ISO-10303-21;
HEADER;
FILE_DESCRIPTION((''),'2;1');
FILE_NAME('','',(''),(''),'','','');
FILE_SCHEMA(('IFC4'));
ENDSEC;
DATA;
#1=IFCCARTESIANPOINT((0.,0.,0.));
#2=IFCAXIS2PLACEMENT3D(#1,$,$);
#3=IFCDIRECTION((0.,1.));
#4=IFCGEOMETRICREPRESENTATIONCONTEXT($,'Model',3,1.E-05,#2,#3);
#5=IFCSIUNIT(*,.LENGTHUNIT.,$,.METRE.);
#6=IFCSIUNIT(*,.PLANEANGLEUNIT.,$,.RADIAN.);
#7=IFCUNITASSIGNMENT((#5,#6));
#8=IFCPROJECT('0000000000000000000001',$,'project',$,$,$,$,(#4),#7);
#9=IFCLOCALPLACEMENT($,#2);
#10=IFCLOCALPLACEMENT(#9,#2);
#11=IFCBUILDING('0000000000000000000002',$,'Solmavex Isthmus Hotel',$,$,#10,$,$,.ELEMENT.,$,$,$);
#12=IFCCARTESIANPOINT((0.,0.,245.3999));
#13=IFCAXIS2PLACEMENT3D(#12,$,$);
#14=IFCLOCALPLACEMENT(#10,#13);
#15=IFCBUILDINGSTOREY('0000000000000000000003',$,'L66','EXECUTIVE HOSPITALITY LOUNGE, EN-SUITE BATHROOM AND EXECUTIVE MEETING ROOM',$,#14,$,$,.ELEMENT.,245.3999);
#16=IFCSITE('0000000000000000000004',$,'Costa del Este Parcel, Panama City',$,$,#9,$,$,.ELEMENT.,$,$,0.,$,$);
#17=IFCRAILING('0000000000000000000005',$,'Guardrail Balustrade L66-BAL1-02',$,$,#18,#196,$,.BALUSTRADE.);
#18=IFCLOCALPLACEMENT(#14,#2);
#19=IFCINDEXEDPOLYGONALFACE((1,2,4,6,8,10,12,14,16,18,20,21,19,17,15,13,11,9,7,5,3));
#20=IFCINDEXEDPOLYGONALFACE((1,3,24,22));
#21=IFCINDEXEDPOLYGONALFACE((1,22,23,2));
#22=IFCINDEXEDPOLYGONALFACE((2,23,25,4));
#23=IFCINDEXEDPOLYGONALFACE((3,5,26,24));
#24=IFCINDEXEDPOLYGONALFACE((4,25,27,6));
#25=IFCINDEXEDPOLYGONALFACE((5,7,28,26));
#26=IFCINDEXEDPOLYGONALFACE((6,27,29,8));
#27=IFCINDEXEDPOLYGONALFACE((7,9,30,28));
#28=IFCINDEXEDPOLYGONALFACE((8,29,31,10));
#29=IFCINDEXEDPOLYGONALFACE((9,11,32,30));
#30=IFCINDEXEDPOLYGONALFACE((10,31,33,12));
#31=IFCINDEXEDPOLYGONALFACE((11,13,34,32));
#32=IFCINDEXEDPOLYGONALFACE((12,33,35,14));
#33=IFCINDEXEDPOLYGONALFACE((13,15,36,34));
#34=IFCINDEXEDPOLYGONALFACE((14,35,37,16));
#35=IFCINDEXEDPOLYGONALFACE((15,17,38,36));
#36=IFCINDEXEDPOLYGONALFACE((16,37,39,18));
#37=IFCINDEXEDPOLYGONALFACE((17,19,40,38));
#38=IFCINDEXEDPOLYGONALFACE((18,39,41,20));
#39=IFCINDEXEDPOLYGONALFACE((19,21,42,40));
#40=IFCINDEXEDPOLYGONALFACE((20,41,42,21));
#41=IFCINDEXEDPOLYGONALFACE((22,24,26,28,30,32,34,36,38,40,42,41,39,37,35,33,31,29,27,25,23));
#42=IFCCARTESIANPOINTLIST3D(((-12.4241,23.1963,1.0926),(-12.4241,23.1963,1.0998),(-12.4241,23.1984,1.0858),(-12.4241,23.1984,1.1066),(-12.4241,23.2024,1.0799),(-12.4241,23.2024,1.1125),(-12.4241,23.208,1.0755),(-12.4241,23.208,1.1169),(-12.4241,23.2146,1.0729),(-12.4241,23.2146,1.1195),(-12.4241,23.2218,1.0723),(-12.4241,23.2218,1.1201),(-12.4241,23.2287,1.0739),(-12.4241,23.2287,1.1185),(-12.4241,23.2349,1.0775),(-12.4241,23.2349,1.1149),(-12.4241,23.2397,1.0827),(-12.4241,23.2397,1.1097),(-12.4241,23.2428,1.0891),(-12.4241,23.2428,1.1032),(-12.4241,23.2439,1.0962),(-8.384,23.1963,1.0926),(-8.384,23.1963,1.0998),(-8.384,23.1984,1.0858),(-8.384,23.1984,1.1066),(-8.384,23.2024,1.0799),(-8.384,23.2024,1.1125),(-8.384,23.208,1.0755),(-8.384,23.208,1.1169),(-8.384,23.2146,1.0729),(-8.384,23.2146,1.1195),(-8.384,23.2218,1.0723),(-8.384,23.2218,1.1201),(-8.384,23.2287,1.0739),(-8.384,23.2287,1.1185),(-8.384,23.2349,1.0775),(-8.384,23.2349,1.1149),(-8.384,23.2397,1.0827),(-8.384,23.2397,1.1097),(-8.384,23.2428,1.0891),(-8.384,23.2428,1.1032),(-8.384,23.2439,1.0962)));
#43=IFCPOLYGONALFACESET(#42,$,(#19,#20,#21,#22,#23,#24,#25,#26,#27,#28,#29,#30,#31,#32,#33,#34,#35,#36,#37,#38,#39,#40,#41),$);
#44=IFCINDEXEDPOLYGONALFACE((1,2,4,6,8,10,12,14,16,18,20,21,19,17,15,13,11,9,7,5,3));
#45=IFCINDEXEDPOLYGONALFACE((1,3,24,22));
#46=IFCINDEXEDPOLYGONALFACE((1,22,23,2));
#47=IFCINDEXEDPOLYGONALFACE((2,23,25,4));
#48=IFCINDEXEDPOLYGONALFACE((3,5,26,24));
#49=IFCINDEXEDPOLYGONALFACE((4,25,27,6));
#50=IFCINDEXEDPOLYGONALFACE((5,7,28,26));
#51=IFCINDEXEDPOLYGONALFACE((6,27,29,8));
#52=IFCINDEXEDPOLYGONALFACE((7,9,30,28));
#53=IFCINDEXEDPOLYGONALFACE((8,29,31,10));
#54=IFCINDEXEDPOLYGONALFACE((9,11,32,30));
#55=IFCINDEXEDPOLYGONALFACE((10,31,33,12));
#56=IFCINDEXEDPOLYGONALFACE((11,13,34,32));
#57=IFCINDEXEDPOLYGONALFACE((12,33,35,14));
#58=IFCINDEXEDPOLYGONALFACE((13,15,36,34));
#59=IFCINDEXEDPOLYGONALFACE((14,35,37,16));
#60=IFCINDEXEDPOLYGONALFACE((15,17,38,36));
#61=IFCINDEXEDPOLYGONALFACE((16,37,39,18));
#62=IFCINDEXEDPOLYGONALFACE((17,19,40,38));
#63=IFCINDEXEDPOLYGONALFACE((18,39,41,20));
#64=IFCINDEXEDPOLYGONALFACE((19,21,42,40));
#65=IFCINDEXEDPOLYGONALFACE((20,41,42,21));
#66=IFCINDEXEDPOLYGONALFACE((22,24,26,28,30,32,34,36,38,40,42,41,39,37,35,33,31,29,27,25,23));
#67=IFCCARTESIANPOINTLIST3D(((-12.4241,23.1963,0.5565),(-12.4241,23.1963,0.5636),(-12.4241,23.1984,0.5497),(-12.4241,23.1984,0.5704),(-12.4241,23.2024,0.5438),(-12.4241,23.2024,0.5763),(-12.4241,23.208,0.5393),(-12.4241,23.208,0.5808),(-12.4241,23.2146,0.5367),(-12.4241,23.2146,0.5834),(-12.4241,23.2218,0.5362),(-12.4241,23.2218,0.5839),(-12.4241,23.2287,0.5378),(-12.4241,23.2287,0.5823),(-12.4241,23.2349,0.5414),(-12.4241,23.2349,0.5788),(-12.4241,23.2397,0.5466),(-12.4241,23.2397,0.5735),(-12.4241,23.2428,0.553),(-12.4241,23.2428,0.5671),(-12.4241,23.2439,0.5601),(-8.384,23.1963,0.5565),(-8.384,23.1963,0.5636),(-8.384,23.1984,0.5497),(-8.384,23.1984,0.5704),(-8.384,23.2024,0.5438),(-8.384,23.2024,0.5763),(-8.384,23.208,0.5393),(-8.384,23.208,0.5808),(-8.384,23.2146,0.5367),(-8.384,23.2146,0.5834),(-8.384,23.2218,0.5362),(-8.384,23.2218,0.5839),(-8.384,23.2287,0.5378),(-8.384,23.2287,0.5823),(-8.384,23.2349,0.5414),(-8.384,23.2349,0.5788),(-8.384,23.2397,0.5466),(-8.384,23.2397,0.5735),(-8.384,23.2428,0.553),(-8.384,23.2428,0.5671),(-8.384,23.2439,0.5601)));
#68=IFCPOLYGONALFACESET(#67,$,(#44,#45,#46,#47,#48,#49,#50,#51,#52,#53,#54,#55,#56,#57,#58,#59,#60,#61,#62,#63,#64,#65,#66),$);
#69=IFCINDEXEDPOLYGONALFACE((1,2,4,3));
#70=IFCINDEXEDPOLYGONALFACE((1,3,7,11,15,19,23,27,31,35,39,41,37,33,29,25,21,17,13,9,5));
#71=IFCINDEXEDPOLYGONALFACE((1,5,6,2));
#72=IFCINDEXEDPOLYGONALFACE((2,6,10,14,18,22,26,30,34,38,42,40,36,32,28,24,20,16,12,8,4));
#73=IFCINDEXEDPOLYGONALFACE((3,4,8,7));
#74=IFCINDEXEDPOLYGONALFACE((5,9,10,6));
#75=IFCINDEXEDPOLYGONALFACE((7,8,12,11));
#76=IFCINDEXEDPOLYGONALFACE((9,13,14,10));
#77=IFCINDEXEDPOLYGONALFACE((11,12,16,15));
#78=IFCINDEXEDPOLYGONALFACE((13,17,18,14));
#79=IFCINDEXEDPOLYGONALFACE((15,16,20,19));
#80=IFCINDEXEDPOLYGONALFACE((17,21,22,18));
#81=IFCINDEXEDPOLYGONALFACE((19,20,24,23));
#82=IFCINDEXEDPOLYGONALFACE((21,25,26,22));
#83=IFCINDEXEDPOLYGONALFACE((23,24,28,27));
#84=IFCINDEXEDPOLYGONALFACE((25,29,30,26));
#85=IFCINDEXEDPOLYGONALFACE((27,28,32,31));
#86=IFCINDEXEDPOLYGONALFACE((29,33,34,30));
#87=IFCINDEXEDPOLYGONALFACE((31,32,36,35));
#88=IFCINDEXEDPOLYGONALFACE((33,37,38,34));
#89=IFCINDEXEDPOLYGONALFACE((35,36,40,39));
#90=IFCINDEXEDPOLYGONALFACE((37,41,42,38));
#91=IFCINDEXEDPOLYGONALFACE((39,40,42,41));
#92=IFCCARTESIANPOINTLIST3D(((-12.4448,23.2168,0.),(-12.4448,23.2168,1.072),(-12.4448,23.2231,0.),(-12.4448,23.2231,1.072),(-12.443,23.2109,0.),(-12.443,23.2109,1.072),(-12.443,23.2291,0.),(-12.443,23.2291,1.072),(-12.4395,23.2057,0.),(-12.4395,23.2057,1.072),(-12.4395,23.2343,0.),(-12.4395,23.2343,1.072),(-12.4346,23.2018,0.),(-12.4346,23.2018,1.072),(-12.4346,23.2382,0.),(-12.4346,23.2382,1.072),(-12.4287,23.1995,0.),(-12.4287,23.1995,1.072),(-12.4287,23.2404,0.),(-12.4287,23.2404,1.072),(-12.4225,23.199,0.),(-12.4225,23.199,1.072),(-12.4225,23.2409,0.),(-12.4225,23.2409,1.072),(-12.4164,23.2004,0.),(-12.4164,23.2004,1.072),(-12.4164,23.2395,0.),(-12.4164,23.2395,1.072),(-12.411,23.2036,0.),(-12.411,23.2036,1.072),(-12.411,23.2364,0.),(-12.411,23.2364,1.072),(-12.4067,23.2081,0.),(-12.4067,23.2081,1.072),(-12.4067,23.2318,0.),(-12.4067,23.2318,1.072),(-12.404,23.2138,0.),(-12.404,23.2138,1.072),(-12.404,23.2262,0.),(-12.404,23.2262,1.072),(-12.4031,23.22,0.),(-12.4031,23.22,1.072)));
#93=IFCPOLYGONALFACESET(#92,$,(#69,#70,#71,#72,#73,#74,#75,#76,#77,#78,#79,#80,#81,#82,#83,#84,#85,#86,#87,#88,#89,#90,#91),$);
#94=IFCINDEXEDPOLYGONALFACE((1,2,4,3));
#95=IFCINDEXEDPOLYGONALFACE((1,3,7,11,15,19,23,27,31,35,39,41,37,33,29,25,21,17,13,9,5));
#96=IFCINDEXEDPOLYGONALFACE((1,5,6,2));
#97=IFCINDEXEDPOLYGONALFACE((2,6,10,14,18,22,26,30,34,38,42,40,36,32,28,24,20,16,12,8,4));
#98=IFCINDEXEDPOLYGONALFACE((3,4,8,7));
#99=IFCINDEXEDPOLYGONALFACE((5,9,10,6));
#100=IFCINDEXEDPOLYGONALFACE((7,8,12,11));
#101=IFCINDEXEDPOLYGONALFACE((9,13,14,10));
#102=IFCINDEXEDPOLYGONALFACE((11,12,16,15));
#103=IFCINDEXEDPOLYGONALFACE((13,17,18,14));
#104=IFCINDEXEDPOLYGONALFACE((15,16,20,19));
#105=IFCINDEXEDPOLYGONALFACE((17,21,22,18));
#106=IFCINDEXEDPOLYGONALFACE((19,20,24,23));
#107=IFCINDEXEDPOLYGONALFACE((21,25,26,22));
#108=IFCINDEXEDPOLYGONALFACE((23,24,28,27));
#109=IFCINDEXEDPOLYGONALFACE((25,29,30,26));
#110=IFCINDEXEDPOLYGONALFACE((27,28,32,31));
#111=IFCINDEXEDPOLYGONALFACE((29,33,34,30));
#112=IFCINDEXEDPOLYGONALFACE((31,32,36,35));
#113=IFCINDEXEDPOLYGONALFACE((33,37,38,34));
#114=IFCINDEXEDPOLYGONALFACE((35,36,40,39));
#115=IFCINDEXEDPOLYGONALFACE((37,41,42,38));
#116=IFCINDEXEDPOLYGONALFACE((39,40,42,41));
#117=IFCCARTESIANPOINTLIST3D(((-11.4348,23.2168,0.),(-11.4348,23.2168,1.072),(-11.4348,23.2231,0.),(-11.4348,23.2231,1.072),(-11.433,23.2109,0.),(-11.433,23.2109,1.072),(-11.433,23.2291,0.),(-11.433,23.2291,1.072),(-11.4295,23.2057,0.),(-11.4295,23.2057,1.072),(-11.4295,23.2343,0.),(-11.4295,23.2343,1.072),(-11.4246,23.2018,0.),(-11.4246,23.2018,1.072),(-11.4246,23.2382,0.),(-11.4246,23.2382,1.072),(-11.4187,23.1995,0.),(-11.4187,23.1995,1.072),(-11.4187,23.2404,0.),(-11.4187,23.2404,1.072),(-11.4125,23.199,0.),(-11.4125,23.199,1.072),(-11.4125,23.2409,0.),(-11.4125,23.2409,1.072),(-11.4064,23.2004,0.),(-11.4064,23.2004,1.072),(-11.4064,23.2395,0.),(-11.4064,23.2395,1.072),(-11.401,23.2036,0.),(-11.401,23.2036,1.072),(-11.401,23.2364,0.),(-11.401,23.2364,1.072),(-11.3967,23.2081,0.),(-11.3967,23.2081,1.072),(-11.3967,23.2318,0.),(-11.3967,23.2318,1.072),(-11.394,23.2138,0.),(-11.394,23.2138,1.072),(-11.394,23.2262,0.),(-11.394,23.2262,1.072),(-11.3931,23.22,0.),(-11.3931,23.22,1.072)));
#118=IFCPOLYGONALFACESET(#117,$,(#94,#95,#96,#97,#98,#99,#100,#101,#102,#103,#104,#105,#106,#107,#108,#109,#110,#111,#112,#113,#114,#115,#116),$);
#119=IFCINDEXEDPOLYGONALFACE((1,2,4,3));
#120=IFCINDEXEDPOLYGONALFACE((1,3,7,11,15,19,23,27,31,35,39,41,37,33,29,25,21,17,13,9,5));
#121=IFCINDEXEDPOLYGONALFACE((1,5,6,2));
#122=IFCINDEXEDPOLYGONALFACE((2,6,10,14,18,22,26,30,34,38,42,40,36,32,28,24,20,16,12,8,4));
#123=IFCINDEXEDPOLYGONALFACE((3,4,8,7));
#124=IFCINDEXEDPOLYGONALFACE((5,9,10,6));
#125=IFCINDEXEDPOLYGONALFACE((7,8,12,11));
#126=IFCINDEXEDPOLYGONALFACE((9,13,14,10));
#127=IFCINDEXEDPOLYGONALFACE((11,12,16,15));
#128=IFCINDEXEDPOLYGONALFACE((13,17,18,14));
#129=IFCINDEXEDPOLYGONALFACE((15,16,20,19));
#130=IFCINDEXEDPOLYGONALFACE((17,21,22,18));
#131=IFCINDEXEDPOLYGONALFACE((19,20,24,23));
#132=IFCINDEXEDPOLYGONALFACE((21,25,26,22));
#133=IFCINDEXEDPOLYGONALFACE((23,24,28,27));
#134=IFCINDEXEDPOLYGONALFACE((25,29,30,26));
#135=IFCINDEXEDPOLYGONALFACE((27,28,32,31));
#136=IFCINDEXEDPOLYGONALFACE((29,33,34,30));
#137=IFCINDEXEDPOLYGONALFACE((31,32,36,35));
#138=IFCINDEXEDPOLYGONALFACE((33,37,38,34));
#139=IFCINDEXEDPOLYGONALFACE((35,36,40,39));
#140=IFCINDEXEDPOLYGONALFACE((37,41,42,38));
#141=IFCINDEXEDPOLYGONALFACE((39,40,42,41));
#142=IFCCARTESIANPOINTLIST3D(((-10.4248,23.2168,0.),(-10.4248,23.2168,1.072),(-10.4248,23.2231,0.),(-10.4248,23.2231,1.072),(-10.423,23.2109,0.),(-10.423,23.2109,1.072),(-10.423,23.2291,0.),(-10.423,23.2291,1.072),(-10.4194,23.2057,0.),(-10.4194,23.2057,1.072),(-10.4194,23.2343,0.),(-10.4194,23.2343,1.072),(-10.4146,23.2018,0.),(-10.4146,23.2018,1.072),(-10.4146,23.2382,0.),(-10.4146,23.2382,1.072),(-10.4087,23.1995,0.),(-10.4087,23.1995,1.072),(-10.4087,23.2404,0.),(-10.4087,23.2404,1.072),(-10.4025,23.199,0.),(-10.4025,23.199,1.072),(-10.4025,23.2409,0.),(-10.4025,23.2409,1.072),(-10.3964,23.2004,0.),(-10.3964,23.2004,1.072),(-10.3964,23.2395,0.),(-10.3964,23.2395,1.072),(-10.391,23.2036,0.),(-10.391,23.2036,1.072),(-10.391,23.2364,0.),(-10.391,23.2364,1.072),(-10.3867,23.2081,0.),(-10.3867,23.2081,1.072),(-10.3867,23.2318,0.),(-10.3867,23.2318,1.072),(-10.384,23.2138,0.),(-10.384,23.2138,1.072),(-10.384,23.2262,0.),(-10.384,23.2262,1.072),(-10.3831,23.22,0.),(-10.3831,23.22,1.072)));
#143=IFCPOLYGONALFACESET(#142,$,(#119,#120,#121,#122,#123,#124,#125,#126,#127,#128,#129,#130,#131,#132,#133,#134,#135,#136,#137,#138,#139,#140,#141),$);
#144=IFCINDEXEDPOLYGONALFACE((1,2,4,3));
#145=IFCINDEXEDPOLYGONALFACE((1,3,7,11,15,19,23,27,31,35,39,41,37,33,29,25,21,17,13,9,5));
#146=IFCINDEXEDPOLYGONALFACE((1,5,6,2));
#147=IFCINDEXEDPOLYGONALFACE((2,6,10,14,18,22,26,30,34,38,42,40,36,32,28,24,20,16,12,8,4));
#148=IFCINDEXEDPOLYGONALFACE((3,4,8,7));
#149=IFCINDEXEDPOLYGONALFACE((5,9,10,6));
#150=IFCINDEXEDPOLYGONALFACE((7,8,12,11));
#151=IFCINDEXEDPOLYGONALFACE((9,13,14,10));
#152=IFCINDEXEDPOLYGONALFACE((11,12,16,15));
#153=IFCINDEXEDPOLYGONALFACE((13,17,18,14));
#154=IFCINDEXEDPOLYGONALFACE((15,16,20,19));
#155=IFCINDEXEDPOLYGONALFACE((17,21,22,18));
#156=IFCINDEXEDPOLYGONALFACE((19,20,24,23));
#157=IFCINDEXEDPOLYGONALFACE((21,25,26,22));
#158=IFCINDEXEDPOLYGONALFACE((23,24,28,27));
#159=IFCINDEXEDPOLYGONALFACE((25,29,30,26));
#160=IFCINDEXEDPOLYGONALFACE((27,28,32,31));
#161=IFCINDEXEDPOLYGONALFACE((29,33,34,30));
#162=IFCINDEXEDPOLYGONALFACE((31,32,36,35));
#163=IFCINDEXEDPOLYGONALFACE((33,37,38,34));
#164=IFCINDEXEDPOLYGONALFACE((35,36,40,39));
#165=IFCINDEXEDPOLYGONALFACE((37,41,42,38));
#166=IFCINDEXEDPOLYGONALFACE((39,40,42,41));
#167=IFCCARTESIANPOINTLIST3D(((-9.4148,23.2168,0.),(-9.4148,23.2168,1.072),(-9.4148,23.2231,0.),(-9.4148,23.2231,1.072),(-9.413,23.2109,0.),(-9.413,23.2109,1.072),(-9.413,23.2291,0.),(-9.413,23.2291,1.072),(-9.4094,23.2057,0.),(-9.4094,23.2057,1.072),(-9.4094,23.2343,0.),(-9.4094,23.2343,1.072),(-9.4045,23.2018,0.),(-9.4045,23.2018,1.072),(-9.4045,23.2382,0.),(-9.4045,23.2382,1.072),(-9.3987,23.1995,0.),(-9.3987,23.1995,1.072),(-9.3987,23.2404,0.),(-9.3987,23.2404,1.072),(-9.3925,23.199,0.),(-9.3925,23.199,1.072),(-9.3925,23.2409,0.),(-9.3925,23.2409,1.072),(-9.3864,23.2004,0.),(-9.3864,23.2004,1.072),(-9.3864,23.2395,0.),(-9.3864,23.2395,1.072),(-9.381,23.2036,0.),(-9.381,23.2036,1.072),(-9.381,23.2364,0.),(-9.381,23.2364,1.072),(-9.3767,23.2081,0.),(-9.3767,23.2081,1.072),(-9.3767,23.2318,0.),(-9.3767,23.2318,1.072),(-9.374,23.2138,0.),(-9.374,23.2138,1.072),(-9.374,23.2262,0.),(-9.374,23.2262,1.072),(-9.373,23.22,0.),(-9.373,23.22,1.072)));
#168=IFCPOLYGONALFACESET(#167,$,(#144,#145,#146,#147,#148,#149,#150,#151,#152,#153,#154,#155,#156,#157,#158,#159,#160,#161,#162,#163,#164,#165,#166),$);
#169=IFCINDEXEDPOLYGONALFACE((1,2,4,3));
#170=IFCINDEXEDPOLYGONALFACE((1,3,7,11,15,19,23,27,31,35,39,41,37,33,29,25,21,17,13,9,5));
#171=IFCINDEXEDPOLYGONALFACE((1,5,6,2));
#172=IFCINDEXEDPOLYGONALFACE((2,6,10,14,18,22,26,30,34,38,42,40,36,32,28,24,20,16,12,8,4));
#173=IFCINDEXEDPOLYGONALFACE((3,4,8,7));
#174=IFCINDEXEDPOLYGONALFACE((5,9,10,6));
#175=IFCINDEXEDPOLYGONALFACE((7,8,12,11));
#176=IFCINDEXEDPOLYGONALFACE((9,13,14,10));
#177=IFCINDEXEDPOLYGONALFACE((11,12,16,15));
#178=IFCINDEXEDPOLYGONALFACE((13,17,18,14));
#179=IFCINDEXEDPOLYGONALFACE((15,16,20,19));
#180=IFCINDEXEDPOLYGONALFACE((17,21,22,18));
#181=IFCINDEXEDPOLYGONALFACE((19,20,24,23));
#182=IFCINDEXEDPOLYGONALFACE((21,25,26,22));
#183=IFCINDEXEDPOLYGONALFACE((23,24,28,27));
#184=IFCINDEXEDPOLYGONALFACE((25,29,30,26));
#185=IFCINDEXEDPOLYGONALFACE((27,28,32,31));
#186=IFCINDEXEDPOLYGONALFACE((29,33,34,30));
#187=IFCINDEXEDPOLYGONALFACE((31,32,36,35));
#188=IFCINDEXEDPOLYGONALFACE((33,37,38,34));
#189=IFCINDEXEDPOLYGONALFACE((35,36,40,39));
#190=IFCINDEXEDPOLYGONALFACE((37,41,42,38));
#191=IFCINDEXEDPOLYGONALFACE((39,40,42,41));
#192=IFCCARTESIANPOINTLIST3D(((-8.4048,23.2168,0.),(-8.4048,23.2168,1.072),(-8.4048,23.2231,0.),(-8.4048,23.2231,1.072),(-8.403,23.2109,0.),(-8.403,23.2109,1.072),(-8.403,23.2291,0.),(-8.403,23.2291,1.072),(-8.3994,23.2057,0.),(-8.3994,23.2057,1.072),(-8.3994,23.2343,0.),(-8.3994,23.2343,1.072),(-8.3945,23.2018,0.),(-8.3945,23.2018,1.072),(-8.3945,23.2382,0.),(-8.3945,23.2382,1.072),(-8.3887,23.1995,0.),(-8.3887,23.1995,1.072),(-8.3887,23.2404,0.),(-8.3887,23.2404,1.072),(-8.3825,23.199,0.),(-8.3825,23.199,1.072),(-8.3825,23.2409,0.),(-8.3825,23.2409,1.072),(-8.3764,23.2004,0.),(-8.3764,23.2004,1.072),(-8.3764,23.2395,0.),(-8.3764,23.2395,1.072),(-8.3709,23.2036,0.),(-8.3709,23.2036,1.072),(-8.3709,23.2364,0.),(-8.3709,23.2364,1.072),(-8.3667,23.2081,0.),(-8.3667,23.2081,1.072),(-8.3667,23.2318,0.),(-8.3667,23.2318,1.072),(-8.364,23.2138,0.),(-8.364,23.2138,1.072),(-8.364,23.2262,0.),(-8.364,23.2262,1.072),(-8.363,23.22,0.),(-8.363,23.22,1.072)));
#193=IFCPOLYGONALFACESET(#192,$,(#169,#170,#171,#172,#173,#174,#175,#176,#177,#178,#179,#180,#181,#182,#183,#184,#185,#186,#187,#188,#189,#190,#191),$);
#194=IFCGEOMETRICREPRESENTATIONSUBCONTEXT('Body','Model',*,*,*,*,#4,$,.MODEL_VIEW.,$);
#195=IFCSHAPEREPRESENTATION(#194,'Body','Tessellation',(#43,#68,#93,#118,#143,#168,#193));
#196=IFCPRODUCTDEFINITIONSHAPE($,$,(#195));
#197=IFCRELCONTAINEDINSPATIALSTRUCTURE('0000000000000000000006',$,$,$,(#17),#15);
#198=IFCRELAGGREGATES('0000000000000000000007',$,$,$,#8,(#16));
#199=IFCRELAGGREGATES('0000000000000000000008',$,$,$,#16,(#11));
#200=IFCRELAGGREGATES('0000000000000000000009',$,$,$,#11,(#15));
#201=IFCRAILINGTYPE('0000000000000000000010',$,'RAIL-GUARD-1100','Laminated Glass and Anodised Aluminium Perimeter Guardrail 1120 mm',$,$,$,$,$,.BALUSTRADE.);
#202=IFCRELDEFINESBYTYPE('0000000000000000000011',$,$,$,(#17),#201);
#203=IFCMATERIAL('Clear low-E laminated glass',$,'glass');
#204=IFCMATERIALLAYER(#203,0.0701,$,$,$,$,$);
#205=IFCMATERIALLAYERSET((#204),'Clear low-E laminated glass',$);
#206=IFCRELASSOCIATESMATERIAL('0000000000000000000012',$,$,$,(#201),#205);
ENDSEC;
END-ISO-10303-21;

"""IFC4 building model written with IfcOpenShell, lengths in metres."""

from ifc_helpers import new_model, si_unit, direction, frame, origin, origin_2d, place, context, subcontext, project, spatial, circle, extrude, material, layer, layer_set, type_object, element, save


model = new_model("IFC4")

# Units and contexts
model_context = context("Model", 3, precision=1e-05, world=origin(), true_north=direction((0.0, 1.0)))
body_context = subcontext(model_context, "Body", "Model", "MODEL_VIEW")
ifc_project = project(units=[si_unit("LENGTHUNIT", "METRE"), si_unit("PLANEANGLEUNIT", "RADIAN")], contexts=[model_context])

# Site, building, storey
site_placement = place(None, origin())
site = spatial("IfcSite", under=ifc_project, at=site_placement, Name="Costa del Este Parcel, Panama City", CompositionType="ELEMENT", RefElevation=0.0)
building_placement = place(site_placement, origin())
building = spatial("IfcBuilding", under=site, at=building_placement, Name="Solmavex Isthmus Hotel", CompositionType="ELEMENT")
storey_placement = place(building_placement, frame((0.0, 0.0, 245.3999)))
storey = spatial("IfcBuildingStorey", under=building, at=storey_placement, Name="L66", Description="EXECUTIVE HOSPITALITY LOUNGE, EN-SUITE BATHROOM AND EXECUTIVE MEETING ROOM", CompositionType="ELEMENT", Elevation=245.3999)

# Shared definitions
ifc_material_1 = material(Name="Clear low-E laminated glass", Category="glass")

# Railing
ifc_layer_1 = layer(ifc_material_1, 0.0701)
ifc_layer_set_1 = layer_set([ifc_layer_1], Name="Clear low-E laminated glass")
railing_type = type_object("IfcRailingType", Name="RAIL-GUARD-1100", Description="Laminated Glass and Anodised Aluminium Perimeter Guardrail 1120 mm", PredefinedType="BALUSTRADE", material=ifc_layer_set_1)
railing_1_placement = place(storey_placement, frame((-12.4241, 23.22, 0.0)))
element("IfcRailing", 1, at=railing_1_placement, inside=storey, type_object=railing_type, Name="Guardrail Balustrade L66-BAL1-02", PredefinedType="BALUSTRADE", context=body_context, shape_type="SweptSolid", body=[
    extrude(circle(Radius=0.0239, at=origin_2d()), frame((0.0, 0.0, 1.0962), z_axis=(1.0, 0.0, 0.0), x_axis=(0.0, 1.0, 0.0)), (0.0, 0.0, 1.0), 4.04),
    extrude(circle(Radius=0.0239, at=origin_2d()), frame((0.0, 0.0, 0.5601), z_axis=(1.0, 0.0, 0.0), x_axis=(0.0, 1.0, 0.0)), (0.0, 0.0, 1.0), 4.04),
    extrude(circle(Radius=0.021, at=origin_2d()), origin(), (0.0, 0.0, 1.0), 1.072),
    extrude(circle(Radius=0.021, at=origin_2d()), frame((1.01, 0.0, 0.0)), (0.0, 0.0, 1.0), 1.072),
    extrude(circle(Radius=0.021, at=origin_2d()), frame((2.02, 0.0, 0.0)), (0.0, 0.0, 1.0), 1.072),
    extrude(circle(Radius=0.021, at=origin_2d()), frame((3.03, 0.0, 0.0)), (0.0, 0.0, 1.0), 1.072),
    extrude(circle(Radius=0.021, at=origin_2d()), frame((4.04, 0.0, 0.0)), (0.0, 0.0, 1.0), 1.072),
])

save(model, "model.ifc")
